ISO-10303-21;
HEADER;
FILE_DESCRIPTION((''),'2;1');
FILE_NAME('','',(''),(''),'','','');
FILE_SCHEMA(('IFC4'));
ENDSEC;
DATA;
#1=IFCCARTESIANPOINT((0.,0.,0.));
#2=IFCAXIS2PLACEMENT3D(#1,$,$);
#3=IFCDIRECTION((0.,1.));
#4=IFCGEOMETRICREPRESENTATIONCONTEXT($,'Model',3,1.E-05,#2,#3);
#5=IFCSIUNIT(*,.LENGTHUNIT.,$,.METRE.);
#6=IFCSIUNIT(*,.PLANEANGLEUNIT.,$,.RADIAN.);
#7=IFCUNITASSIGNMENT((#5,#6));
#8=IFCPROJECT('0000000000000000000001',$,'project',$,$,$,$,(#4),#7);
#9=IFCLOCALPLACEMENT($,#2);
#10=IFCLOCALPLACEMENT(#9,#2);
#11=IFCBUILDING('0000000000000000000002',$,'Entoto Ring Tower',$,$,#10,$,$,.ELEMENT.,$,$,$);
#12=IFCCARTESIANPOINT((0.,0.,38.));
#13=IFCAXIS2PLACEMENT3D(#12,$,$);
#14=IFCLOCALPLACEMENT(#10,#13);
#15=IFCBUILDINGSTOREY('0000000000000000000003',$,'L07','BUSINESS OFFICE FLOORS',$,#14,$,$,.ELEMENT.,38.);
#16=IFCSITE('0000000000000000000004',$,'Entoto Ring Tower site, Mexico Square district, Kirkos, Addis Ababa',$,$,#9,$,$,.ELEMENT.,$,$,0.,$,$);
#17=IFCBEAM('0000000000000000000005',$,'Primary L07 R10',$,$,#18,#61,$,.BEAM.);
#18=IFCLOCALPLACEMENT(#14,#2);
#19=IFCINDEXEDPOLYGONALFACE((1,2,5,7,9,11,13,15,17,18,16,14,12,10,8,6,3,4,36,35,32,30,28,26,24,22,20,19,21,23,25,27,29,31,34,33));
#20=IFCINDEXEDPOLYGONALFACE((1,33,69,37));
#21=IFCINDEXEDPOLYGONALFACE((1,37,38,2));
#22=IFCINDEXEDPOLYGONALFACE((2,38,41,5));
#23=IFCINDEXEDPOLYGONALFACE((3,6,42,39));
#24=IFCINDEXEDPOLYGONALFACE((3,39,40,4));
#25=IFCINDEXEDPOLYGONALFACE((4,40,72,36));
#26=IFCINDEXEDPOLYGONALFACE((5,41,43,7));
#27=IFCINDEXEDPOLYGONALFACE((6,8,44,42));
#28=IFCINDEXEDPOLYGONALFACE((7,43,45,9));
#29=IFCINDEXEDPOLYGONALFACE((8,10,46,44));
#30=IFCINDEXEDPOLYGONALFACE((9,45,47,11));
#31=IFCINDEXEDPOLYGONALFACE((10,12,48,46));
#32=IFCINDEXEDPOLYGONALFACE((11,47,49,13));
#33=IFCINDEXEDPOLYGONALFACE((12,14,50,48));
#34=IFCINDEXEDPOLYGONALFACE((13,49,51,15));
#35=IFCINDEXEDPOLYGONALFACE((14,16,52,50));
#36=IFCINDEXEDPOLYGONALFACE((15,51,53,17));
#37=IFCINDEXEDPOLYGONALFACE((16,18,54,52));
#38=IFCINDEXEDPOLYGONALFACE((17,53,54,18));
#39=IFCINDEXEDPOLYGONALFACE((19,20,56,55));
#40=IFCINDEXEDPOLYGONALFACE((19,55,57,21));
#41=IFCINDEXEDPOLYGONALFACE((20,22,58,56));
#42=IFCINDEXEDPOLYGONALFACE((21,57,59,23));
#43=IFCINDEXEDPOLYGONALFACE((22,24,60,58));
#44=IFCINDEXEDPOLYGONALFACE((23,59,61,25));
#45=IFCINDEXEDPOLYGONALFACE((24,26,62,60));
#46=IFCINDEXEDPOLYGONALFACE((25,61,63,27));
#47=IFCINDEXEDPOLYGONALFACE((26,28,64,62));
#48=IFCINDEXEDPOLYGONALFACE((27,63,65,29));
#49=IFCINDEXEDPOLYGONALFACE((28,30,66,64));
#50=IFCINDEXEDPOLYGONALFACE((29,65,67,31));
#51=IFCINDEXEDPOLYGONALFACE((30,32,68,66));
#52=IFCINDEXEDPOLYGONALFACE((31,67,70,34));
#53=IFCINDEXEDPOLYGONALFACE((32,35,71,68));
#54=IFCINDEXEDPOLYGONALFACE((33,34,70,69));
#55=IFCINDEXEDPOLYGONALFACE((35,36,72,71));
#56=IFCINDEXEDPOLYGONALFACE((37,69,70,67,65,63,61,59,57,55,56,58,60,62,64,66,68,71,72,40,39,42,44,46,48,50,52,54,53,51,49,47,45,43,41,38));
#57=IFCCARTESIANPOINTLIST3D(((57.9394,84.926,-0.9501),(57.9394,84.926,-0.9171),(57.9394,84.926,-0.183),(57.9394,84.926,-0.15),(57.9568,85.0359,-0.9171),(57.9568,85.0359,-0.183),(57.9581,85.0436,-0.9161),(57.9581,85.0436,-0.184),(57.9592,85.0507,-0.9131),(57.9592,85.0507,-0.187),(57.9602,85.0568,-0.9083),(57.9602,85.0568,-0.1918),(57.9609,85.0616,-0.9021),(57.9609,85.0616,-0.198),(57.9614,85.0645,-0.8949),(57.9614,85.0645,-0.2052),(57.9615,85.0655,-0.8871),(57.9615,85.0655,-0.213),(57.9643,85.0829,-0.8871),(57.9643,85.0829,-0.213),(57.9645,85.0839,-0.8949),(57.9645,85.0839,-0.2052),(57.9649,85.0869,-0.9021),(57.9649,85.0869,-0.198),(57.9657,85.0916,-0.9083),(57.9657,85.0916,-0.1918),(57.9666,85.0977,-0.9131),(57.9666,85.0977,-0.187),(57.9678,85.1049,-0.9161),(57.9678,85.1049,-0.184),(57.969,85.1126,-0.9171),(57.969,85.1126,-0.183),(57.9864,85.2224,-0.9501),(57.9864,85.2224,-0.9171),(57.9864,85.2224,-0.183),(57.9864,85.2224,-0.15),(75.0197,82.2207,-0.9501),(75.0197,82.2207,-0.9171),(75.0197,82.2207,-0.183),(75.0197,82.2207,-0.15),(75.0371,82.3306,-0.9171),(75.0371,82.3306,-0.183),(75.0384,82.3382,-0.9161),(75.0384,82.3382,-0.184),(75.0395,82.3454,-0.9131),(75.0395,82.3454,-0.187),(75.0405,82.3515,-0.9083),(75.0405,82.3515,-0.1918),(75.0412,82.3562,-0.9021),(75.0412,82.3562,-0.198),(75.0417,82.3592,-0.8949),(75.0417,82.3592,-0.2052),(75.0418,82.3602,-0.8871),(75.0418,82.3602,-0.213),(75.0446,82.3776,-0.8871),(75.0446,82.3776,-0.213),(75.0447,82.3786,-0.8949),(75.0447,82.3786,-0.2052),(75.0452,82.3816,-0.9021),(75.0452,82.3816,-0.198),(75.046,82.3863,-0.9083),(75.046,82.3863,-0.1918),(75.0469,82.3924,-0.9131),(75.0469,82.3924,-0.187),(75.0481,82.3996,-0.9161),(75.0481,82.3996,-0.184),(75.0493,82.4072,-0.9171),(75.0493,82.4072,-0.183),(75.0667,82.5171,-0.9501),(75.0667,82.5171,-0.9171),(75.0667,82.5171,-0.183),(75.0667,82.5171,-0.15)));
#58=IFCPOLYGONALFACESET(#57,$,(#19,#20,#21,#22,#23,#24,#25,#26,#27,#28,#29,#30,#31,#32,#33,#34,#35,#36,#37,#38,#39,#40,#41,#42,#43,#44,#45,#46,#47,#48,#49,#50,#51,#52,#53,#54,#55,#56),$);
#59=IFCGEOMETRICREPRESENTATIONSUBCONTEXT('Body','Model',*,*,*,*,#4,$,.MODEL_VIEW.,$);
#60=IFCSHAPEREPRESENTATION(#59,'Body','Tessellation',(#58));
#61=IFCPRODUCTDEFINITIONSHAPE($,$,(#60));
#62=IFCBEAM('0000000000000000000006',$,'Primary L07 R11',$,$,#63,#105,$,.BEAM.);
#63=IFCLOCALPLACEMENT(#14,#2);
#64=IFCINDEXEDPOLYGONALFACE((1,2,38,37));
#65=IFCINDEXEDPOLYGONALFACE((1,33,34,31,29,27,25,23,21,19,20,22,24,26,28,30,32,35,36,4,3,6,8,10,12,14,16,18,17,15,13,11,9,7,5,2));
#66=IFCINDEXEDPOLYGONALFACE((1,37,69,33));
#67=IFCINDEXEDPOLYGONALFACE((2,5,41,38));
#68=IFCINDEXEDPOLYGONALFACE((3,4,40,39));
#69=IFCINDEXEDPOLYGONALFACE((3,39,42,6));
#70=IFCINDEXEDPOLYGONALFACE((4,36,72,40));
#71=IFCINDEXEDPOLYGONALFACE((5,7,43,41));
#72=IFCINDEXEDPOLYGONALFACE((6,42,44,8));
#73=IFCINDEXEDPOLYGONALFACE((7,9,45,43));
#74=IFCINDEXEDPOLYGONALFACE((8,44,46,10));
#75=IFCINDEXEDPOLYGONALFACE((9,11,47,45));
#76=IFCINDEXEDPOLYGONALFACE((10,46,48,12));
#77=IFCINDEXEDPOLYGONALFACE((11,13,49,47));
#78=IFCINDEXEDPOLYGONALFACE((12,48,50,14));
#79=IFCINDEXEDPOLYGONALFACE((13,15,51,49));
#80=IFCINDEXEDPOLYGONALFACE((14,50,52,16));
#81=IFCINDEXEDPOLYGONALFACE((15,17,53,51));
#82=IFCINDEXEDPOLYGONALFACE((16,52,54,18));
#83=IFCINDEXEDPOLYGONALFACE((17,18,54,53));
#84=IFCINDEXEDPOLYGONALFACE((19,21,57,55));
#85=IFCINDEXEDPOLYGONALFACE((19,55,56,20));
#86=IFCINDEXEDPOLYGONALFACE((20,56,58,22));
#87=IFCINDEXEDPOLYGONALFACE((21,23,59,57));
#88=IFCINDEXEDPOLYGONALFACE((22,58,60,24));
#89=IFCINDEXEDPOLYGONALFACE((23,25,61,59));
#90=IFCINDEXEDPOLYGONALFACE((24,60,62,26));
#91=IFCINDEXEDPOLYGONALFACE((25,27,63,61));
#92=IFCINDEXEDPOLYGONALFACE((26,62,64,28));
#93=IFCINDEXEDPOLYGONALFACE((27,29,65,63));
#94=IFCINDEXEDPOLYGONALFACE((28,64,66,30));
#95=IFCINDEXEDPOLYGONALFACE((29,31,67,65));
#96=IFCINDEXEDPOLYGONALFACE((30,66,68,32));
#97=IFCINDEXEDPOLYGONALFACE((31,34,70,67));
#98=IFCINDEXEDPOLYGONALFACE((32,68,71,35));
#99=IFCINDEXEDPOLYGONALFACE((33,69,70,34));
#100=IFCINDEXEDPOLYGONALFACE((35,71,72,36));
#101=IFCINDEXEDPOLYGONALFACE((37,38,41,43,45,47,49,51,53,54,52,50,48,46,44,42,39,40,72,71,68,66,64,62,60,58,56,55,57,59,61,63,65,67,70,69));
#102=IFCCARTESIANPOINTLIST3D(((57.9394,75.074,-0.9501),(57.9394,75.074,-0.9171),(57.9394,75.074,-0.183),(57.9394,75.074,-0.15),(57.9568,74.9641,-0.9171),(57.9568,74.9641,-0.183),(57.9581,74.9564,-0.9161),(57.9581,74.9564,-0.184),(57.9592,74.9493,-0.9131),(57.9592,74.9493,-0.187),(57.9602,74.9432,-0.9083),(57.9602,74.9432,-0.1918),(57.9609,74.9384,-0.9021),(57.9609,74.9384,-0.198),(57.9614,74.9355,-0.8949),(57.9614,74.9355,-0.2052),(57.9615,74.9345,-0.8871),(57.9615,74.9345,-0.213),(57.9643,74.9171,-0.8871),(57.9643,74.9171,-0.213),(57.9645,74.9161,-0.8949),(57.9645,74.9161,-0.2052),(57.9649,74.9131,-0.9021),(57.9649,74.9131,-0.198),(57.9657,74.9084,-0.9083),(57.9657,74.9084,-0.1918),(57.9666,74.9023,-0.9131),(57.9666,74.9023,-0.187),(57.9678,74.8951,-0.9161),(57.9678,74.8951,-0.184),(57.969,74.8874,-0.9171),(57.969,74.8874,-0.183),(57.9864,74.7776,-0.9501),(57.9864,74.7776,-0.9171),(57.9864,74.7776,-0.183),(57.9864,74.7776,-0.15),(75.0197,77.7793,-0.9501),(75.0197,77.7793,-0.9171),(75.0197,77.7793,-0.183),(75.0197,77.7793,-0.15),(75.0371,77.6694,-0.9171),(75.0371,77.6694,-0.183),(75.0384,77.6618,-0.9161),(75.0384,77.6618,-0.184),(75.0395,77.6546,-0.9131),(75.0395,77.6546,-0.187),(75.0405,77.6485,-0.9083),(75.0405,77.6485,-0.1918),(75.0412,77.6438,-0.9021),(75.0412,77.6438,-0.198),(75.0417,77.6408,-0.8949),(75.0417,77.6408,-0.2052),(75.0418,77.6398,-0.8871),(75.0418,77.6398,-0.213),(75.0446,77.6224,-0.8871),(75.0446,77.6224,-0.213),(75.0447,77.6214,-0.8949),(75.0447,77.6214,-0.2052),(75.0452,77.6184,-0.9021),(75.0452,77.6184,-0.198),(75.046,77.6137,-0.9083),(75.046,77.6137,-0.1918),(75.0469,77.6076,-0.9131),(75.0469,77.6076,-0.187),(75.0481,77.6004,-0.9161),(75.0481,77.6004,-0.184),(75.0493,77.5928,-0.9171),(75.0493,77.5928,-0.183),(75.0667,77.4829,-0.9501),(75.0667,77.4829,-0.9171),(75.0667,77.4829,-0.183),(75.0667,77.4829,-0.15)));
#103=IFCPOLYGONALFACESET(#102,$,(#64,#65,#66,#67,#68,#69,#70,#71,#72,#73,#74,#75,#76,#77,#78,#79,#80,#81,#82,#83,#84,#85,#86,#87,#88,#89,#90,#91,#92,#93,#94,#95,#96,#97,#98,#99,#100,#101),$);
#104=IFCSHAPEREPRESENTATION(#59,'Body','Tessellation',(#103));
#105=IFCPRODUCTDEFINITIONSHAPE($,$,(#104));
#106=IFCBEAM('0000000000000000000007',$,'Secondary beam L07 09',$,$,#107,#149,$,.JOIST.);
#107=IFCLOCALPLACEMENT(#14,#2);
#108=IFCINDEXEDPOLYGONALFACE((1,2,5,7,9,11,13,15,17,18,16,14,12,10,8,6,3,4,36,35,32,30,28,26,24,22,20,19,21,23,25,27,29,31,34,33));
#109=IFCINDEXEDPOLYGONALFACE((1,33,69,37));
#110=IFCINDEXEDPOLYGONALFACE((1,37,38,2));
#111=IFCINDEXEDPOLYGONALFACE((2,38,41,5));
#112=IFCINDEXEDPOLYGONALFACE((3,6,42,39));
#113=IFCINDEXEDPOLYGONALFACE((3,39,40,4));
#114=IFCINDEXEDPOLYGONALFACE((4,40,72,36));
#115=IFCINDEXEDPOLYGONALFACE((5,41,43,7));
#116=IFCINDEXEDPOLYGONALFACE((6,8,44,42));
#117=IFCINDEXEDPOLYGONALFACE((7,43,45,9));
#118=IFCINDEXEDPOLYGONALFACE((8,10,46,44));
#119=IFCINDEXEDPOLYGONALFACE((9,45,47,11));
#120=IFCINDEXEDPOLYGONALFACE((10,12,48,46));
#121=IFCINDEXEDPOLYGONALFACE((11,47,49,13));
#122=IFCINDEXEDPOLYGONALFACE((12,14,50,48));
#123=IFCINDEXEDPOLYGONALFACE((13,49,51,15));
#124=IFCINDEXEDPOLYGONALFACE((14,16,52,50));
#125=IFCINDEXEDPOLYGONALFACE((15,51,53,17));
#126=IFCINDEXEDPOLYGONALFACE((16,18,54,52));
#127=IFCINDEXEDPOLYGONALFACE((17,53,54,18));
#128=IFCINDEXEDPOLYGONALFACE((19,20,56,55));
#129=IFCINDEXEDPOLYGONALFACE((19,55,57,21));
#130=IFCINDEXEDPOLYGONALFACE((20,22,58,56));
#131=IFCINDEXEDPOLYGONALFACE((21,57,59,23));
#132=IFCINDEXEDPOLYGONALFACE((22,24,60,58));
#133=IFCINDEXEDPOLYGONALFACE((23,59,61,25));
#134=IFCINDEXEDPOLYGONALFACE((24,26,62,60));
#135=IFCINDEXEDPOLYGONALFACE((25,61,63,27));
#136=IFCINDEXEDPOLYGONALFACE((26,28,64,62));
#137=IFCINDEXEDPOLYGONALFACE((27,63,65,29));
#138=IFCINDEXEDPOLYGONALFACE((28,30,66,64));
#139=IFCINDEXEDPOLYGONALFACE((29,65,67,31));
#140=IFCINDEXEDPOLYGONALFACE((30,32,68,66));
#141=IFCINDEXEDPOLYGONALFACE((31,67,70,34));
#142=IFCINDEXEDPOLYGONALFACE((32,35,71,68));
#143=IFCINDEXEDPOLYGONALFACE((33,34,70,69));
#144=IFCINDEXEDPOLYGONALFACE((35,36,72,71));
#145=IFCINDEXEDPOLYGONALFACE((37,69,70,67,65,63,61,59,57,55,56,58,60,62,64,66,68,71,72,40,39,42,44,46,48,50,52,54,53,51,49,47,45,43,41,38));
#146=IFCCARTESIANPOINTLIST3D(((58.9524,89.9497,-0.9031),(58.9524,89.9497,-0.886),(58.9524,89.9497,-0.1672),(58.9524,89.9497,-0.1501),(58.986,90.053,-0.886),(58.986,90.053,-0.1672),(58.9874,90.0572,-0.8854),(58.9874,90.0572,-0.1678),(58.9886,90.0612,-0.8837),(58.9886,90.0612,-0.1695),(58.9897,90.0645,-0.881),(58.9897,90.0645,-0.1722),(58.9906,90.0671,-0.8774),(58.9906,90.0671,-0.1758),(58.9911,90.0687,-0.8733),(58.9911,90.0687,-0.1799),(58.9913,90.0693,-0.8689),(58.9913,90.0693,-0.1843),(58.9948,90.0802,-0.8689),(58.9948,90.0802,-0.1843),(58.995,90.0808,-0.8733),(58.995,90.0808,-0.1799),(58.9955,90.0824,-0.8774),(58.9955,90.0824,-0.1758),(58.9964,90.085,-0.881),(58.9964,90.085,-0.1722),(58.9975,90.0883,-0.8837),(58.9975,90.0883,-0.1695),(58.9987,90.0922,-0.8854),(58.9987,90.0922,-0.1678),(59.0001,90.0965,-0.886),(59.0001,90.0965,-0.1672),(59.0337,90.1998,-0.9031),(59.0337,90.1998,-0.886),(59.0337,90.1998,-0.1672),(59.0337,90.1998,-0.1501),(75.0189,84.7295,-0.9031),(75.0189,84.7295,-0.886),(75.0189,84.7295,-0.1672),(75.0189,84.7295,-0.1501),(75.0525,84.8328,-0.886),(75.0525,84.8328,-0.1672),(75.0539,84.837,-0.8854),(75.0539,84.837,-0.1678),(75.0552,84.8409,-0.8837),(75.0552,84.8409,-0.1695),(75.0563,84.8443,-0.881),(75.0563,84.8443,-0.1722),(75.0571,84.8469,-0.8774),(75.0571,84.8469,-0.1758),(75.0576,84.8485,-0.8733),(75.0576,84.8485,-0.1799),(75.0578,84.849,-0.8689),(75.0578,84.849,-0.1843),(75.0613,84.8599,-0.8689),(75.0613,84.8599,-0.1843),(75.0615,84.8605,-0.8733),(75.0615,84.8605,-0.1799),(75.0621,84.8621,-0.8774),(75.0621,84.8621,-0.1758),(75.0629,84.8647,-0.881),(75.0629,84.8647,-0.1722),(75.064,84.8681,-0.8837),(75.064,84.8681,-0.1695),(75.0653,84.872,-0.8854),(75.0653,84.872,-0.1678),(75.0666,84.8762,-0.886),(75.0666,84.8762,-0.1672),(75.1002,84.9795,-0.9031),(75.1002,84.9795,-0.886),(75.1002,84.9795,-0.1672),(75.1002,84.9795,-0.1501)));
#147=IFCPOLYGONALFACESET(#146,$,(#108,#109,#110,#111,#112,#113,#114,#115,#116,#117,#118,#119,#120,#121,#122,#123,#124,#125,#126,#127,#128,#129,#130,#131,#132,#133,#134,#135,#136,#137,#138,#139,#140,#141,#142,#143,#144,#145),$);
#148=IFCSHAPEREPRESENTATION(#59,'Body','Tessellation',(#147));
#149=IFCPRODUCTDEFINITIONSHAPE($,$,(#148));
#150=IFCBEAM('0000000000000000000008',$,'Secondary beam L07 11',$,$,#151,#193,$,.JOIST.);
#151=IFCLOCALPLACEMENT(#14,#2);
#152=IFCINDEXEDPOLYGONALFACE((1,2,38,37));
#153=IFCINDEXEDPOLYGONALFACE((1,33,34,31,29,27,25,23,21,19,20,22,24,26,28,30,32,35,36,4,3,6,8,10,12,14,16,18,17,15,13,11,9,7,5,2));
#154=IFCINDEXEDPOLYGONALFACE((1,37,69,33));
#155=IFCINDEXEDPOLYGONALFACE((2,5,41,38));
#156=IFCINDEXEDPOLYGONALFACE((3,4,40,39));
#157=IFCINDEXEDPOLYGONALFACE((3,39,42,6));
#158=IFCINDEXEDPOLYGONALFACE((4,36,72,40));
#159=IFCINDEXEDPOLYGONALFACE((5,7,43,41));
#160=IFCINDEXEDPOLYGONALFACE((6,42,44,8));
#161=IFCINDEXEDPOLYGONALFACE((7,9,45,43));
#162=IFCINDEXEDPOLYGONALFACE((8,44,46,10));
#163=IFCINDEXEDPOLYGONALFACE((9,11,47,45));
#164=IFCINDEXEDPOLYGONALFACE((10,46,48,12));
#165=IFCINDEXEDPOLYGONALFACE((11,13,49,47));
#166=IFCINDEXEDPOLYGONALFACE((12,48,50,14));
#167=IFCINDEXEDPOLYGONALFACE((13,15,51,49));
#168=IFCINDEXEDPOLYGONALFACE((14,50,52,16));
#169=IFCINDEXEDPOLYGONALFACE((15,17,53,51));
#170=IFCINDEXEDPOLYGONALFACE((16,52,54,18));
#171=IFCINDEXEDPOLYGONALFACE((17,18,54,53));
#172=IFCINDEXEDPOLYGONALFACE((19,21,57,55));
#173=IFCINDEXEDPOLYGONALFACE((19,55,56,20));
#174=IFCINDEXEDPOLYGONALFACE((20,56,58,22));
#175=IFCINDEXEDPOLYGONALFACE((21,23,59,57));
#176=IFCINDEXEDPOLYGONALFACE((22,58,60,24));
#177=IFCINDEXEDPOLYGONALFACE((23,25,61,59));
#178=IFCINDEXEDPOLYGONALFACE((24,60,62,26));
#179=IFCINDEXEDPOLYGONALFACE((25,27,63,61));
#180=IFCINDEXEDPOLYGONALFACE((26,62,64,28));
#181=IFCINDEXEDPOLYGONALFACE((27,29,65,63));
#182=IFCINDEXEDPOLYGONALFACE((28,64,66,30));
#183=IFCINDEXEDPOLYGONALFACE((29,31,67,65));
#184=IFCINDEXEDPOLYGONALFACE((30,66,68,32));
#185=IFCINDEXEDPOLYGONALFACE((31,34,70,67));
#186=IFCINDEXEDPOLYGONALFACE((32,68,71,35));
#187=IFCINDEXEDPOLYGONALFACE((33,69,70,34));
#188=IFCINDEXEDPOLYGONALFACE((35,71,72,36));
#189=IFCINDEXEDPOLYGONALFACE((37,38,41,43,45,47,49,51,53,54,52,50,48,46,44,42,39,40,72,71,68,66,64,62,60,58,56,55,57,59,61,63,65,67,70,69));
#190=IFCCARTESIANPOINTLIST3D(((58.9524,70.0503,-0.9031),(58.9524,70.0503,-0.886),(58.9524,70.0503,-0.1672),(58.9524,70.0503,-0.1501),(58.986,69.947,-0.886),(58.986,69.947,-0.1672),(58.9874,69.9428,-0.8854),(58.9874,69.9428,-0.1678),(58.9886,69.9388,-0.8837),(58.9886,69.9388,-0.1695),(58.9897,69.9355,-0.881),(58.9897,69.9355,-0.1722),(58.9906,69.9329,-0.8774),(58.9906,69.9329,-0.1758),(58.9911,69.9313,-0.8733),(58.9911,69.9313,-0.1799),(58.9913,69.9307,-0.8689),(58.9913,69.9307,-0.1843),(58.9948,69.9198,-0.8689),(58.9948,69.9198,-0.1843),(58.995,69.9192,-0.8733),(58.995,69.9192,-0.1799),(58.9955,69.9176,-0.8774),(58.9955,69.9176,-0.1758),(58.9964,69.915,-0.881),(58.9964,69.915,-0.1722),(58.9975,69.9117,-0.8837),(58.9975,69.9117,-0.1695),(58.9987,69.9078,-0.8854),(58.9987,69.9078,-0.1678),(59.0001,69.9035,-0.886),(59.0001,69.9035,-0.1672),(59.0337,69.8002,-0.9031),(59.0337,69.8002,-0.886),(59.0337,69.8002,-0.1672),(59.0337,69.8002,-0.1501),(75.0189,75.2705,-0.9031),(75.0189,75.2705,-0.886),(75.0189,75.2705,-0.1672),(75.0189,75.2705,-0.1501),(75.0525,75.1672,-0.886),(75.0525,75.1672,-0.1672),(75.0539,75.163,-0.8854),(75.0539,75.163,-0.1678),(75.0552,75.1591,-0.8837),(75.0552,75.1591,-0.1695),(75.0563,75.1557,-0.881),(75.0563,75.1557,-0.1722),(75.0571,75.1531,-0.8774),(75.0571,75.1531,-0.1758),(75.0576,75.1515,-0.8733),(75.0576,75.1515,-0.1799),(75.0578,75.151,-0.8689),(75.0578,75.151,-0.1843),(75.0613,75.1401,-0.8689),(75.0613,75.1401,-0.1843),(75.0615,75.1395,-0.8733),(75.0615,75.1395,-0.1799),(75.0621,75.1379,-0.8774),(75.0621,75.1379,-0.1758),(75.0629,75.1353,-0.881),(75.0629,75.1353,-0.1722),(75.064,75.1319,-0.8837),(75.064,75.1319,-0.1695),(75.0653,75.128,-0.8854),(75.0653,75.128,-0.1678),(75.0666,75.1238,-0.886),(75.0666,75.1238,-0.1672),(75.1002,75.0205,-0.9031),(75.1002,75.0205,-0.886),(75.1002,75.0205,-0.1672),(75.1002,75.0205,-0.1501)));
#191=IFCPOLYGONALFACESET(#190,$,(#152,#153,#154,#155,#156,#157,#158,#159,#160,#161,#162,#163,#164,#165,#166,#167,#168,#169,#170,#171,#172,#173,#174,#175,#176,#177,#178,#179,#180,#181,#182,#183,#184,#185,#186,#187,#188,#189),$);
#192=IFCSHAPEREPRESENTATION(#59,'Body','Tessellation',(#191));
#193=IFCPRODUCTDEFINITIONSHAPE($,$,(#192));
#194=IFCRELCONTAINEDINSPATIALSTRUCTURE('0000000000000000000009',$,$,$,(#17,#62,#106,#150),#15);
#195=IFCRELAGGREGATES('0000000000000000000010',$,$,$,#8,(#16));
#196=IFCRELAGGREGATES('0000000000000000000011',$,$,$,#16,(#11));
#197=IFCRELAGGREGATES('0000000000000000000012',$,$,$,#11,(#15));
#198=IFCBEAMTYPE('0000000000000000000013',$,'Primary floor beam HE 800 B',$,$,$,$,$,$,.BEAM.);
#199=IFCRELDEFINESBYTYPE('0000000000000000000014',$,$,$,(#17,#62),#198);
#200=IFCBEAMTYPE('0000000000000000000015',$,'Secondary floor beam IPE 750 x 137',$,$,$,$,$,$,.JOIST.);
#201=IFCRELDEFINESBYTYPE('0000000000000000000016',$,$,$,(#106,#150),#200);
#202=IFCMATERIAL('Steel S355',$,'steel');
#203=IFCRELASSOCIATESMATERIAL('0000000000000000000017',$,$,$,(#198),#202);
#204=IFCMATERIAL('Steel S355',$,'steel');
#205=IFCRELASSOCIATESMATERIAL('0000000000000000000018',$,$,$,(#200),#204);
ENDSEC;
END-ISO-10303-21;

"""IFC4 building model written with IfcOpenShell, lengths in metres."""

from ifc_helpers import new_model, si_unit, direction, frame, origin, origin_2d, place, context, subcontext, project, spatial, i_section, extrude, material, material_profile, profile_set, type_object, element, save


model = new_model("IFC4")

# Units and contexts
model_context = context("Model", 3, precision=1e-05, world=origin(), true_north=direction((0.0, 1.0)))
body_context = subcontext(model_context, "Body", "Model", "MODEL_VIEW")
ifc_project = project(units=[si_unit("LENGTHUNIT", "METRE"), si_unit("PLANEANGLEUNIT", "RADIAN")], contexts=[model_context])

# Site, building, storey
site_placement = place(None, origin())
site = spatial("IfcSite", under=ifc_project, at=site_placement, Name="Entoto Ring Tower site, Mexico Square district, Kirkos, Addis Ababa", CompositionType="ELEMENT", RefElevation=0.0)
building_placement = place(site_placement, origin())
building = spatial("IfcBuilding", under=site, at=building_placement, Name="Entoto Ring Tower", CompositionType="ELEMENT")
storey_placement = place(building_placement, frame((0.0, 0.0, 38.0)))
storey = spatial("IfcBuildingStorey", under=building, at=storey_placement, Name="L07", Description="BUSINESS OFFICE FLOORS", CompositionType="ELEMENT", Elevation=38.0)

# Beams
ifc_material_1 = material(Name="Steel S355", Category="steel")
ifc_material_profile_1 = material_profile(ifc_material_1, i_section(OverallWidth=0.3, OverallDepth=0.8, WebThickness=0.0176, FlangeThickness=0.033, FilletRadius=0.03, at=origin_2d()), Name="HE 800 B")
ifc_profile_set_1 = profile_set([ifc_material_profile_1], Name="Steel S355")
beam_type_1 = type_object("IfcBeamType", Name="Primary floor beam HE 800 B", PredefinedType="BEAM", material=ifc_profile_set_1)
for number, where, z_axis, x_axis, name in (
    (1, (75.0432, 82.3689, -0.55), (-0.987688, 0.156438, 0.0), (-0.156438, -0.987688, 0.0), "Primary L07 R10"),
    (2, (75.0432, 77.6311, -0.55), (-0.987688, -0.156438, 0.0), (0.156438, -0.987688, 0.0), "Primary L07 R11"),
):
    element("IfcBeam", number, at=place(storey_placement, frame(where, z_axis=z_axis, x_axis=x_axis)), inside=storey, type_object=beam_type_1, Name=name, PredefinedType="BEAM", context=body_context, shape_type="SweptSolid", body=[
        extrude(i_section(OverallWidth=0.3, OverallDepth=0.8, WebThickness=0.0176, FlangeThickness=0.033, FilletRadius=0.03, at=origin_2d()), origin(), (0.0, 0.0, 1.0), 17.2932),
    ])
ifc_material_2 = material(Name="Steel S355", Category="steel")
ifc_material_profile_2 = material_profile(ifc_material_2, i_section(OverallWidth=0.2629, OverallDepth=0.7529, WebThickness=0.0115, FlangeThickness=0.0171, FilletRadius=0.0171, at=origin_2d()), Name="IPE 750 x 137")
ifc_profile_set_2 = profile_set([ifc_material_profile_2], Name="Steel S355")
beam_type_2 = type_object("IfcBeamType", Name="Secondary floor beam IPE 750 x 137", PredefinedType="JOIST", material=ifc_profile_set_2)
for number, where, z_axis, x_axis, name in (
    (3, (75.0596, 84.8545, -0.5266), (-0.951058, 0.309013, 0.0), (-0.309013, -0.951058, 0.0), "Secondary beam L07 09"),
    (4, (75.0596, 75.1455, -0.5266), (-0.951058, -0.309013, 0.0), (0.309013, -0.951058, 0.0), "Secondary beam L07 11"),
):
    element("IfcBeam", number, at=place(storey_placement, frame(where, z_axis=z_axis, x_axis=x_axis)), inside=storey, type_object=beam_type_2, Name=name, PredefinedType="JOIST", context=body_context, shape_type="SweptSolid", body=[
        extrude(i_section(OverallWidth=0.2629, OverallDepth=0.7529, WebThickness=0.0115, FlangeThickness=0.0171, FilletRadius=0.0171, at=origin_2d()), origin(), (0.0, 0.0, 1.0), 16.8933),
    ])

save(model, "model.ifc")
